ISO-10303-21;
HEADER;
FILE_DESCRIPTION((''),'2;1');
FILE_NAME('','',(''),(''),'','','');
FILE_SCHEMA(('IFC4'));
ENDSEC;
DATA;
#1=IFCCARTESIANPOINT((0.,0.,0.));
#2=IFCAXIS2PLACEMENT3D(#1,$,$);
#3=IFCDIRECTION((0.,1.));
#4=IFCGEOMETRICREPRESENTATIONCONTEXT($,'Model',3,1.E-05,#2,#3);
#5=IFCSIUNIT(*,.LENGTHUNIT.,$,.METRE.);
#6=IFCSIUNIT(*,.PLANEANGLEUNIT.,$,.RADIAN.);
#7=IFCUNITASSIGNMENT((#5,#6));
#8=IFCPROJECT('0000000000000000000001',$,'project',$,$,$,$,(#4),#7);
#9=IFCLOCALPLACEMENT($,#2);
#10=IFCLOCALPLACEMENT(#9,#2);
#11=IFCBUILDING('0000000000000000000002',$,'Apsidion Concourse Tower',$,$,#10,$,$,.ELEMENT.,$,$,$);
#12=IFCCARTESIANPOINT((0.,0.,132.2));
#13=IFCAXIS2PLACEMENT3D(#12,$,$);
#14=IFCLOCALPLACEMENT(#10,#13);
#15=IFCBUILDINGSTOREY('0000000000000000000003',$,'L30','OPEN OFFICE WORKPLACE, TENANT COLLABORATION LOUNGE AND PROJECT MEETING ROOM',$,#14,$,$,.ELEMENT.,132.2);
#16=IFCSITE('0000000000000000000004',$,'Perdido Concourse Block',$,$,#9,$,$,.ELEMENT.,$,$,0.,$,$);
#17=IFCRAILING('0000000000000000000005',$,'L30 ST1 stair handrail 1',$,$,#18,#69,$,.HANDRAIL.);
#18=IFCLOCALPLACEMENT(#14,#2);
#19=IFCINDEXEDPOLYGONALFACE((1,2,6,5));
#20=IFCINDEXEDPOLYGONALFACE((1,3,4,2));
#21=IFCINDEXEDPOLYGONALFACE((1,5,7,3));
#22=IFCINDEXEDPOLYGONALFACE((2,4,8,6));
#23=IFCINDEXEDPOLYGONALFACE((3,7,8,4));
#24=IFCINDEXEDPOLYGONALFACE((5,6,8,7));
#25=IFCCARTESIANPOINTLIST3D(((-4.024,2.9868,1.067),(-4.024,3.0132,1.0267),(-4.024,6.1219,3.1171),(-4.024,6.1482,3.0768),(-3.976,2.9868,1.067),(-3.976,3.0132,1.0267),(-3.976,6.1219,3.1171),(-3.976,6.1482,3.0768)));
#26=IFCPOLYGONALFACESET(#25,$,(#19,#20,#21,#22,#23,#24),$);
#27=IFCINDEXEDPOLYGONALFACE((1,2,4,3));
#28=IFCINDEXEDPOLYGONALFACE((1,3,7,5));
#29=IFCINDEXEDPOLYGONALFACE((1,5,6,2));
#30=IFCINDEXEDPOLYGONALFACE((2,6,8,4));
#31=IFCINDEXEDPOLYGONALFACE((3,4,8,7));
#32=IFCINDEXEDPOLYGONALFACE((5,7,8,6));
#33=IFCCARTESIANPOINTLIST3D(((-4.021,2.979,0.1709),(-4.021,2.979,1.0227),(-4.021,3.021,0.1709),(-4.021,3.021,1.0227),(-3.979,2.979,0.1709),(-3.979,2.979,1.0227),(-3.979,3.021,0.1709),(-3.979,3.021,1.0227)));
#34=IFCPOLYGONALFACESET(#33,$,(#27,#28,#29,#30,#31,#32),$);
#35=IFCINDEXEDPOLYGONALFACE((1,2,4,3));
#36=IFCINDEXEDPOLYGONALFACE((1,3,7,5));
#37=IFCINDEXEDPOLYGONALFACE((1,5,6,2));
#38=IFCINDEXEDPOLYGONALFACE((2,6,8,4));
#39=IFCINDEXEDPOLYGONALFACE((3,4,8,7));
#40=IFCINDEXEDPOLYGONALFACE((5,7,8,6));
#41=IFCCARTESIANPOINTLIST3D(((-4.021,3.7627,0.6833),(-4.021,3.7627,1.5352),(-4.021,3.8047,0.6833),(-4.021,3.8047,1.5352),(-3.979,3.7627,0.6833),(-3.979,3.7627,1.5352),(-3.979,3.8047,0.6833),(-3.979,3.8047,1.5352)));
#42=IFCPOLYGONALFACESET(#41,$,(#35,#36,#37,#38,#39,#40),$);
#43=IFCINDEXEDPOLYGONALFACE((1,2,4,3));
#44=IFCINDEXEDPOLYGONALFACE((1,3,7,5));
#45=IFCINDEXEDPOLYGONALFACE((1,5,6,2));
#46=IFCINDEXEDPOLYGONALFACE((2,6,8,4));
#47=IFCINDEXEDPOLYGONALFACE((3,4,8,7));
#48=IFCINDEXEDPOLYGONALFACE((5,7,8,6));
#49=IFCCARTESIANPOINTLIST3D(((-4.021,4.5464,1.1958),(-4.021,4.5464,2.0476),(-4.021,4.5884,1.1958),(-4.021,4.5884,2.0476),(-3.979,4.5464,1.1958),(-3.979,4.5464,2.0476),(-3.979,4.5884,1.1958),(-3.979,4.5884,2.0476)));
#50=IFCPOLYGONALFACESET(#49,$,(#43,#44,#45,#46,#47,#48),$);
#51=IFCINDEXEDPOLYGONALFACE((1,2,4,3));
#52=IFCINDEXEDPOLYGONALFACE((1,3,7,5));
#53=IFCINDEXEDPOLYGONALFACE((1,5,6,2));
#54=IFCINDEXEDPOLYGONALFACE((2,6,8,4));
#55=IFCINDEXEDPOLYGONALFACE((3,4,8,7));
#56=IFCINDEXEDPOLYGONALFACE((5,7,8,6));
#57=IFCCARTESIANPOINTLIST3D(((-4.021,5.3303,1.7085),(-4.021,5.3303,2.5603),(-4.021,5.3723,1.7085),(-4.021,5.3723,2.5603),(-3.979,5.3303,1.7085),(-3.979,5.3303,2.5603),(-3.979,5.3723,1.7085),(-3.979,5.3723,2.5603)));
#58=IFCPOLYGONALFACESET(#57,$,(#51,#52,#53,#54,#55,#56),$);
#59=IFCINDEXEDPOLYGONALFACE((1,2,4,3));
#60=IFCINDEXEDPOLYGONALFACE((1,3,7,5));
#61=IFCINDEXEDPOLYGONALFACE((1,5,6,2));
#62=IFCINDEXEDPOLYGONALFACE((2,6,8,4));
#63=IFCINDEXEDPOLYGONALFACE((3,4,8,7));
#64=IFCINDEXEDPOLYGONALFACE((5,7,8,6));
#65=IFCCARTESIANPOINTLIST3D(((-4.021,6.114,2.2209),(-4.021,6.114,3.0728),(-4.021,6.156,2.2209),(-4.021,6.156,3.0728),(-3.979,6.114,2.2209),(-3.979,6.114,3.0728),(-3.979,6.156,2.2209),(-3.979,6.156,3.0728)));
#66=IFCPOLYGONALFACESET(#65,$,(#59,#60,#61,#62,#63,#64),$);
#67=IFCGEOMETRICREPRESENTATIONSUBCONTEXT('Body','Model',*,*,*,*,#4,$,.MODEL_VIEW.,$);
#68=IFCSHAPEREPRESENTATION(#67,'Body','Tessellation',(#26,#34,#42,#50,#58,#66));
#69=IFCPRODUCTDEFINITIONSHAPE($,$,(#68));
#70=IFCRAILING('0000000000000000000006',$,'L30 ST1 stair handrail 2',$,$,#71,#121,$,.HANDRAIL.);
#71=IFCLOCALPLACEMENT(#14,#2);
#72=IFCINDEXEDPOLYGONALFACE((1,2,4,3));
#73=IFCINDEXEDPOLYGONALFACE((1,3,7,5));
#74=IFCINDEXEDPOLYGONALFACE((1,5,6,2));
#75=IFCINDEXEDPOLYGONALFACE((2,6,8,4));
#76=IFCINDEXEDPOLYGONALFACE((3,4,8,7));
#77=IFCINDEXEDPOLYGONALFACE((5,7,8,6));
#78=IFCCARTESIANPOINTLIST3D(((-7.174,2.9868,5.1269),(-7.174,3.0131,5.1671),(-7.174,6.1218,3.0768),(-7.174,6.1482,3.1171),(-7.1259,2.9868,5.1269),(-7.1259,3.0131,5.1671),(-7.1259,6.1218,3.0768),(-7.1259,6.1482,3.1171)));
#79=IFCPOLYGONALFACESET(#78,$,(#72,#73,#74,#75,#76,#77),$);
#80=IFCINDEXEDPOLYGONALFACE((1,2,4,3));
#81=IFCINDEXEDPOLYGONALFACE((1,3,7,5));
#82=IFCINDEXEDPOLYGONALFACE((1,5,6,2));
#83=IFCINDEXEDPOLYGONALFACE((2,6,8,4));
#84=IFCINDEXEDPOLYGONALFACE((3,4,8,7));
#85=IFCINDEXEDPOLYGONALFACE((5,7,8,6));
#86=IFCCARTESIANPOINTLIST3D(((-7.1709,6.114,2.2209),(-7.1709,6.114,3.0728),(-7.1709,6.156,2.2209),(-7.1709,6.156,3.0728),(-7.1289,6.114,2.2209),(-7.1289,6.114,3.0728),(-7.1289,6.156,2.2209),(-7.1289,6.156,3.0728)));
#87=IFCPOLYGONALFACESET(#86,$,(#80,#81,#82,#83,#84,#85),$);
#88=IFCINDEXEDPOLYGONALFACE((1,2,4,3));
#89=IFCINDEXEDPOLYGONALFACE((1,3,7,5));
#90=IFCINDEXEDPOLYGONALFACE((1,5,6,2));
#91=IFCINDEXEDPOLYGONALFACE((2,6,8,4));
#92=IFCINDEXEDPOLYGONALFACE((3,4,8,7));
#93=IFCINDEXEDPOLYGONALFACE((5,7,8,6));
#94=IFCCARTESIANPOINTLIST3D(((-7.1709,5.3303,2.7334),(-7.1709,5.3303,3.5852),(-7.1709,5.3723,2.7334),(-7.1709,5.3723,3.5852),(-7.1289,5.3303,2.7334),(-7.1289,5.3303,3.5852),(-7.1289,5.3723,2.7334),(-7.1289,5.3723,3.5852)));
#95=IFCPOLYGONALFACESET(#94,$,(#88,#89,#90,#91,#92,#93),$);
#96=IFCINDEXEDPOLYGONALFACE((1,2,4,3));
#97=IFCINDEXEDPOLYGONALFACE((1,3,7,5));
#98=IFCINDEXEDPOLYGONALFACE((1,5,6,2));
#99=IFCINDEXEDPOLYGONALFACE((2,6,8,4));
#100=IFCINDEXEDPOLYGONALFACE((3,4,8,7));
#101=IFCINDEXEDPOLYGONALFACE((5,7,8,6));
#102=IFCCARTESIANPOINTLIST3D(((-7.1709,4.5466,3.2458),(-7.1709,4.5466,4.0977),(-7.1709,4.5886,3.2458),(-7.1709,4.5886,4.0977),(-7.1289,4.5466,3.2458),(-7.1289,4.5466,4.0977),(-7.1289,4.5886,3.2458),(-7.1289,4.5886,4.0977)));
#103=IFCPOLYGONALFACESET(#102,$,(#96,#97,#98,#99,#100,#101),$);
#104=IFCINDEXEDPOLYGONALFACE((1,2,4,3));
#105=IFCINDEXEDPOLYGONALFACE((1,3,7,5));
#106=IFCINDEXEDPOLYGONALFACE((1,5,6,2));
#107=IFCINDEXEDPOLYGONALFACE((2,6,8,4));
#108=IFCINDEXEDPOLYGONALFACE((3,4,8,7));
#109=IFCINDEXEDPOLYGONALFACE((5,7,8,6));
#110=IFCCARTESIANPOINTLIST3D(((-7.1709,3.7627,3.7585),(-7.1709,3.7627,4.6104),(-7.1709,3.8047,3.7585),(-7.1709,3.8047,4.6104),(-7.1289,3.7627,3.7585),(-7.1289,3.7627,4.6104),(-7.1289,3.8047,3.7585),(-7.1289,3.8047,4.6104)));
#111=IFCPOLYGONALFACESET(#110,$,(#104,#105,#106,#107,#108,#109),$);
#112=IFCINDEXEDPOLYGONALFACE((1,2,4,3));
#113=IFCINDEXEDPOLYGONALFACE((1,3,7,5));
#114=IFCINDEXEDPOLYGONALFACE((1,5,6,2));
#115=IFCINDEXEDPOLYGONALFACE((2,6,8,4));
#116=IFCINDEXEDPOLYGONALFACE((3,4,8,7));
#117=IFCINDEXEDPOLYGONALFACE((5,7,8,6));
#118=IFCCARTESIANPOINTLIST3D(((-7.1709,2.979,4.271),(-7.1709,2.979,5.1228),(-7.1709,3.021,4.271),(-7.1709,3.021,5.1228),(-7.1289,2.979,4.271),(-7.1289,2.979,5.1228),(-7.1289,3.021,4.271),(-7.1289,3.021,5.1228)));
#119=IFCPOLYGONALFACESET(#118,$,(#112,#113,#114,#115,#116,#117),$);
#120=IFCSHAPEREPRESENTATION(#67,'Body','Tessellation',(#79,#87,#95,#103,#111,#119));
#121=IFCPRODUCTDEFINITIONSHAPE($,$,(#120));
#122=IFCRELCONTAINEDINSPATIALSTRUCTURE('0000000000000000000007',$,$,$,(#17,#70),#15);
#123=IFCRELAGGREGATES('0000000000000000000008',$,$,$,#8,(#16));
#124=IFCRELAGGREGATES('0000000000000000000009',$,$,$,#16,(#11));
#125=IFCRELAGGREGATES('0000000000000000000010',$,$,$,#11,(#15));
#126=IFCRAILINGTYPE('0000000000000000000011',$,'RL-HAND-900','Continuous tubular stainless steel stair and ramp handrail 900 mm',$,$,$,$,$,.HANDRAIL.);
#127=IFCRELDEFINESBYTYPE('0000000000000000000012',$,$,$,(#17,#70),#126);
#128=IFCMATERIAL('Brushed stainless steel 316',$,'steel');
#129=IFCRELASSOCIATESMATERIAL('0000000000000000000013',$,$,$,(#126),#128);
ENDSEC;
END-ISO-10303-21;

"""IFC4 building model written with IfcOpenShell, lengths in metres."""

from ifc_helpers import new_model, si_unit, direction, frame, origin, origin_2d, place, context, subcontext, project, spatial, rectangle, extrude, material, type_object, element, save


model = new_model("IFC4")

# Units and contexts
model_context = context("Model", 3, precision=1e-05, world=origin(), true_north=direction((0.0, 1.0)))
body_context = subcontext(model_context, "Body", "Model", "MODEL_VIEW")
ifc_project = project(units=[si_unit("LENGTHUNIT", "METRE"), si_unit("PLANEANGLEUNIT", "RADIAN")], contexts=[model_context])

# Site, building, storey
site_placement = place(None, origin())
site = spatial("IfcSite", under=ifc_project, at=site_placement, Name="Perdido Concourse Block", CompositionType="ELEMENT", RefElevation=0.0)
building_placement = place(site_placement, origin())
building = spatial("IfcBuilding", under=site, at=building_placement, Name="Apsidion Concourse Tower", CompositionType="ELEMENT")
storey_placement = place(building_placement, frame((0.0, 0.0, 132.2)))
storey = spatial("IfcBuildingStorey", under=building, at=storey_placement, Name="L30", Description="OPEN OFFICE WORKPLACE, TENANT COLLABORATION LOUNGE AND PROJECT MEETING ROOM", CompositionType="ELEMENT", Elevation=132.2)

# Shared definitions
ifc_material_1 = material(Name="Brushed stainless steel 316", Category="steel")

# Railings
railing_type_1 = type_object("IfcRailingType", Name="RL-HAND-900", Description="Continuous tubular stainless steel stair and ramp handrail 900 mm", PredefinedType="HANDRAIL", material=ifc_material_1)
railing_1_placement = place(storey_placement, frame((-4.0, 3.0, 0.1709)))
element("IfcRailing", 1, at=railing_1_placement, inside=storey, type_object=railing_type_1, Name="L30 ST1 stair handrail 1", PredefinedType="HANDRAIL", context=body_context, shape_type="SweptSolid", body=[
    extrude(rectangle(XDim=0.0481, YDim=0.0481, at=origin_2d()), frame((0.0, 0.0, 0.876), z_axis=(0.0, 0.836941, 0.547293), x_axis=(-1.0, 0.0, 0.0)), (0.0, 0.0, 1.0), 3.7458),
    extrude(rectangle(XDim=0.042, YDim=0.042, at=origin_2d()), origin(), (0.0, 0.0, 1.0), 0.8518),
    extrude(rectangle(XDim=0.042, YDim=0.042, at=origin_2d()), frame((0.0, 0.7837, 0.5125)), (0.0, 0.0, 1.0), 0.8518),
    extrude(rectangle(XDim=0.042, YDim=0.042, at=origin_2d()), frame((0.0, 1.5674, 1.0249)), (0.0, 0.0, 1.0), 0.8518),
    extrude(rectangle(XDim=0.042, YDim=0.042, at=origin_2d()), frame((0.0, 2.3513, 1.5376)), (0.0, 0.0, 1.0), 0.8518),
    extrude(rectangle(XDim=0.042, YDim=0.042, at=origin_2d()), frame((0.0, 3.135, 2.05)), (0.0, 0.0, 1.0), 0.8518),
])
railing_2_placement = place(storey_placement, frame((-7.1499, 6.135, 2.2209)))
element("IfcRailing", 2, at=railing_2_placement, inside=storey, type_object=railing_type_1, Name="L30 ST1 stair handrail 2", PredefinedType="HANDRAIL", context=body_context, shape_type="SweptSolid", body=[
    extrude(rectangle(XDim=0.0481, YDim=0.0481, at=origin_2d()), frame((0.0, 0.0, 0.876), z_axis=(0.0, -0.836941, 0.547293), x_axis=(1.0, 0.0, 0.0)), (0.0, 0.0, 1.0), 3.7458),
    extrude(rectangle(XDim=0.042, YDim=0.042, at=origin_2d()), origin(), (0.0, 0.0, 1.0), 0.8518),
    extrude(rectangle(XDim=0.042, YDim=0.042, at=origin_2d()), frame((0.0, -0.7837, 0.5125)), (0.0, 0.0, 1.0), 0.8518),
    extrude(rectangle(XDim=0.042, YDim=0.042, at=origin_2d()), frame((0.0, -1.5674, 1.0249)), (0.0, 0.0, 1.0), 0.8518),
    extrude(rectangle(XDim=0.042, YDim=0.042, at=origin_2d()), frame((0.0, -2.3513, 1.5376)), (0.0, 0.0, 1.0), 0.8518),
    extrude(rectangle(XDim=0.042, YDim=0.042, at=origin_2d()), frame((0.0, -3.135, 2.05)), (0.0, 0.0, 1.0), 0.8518),
])

save(model, "model.ifc")
